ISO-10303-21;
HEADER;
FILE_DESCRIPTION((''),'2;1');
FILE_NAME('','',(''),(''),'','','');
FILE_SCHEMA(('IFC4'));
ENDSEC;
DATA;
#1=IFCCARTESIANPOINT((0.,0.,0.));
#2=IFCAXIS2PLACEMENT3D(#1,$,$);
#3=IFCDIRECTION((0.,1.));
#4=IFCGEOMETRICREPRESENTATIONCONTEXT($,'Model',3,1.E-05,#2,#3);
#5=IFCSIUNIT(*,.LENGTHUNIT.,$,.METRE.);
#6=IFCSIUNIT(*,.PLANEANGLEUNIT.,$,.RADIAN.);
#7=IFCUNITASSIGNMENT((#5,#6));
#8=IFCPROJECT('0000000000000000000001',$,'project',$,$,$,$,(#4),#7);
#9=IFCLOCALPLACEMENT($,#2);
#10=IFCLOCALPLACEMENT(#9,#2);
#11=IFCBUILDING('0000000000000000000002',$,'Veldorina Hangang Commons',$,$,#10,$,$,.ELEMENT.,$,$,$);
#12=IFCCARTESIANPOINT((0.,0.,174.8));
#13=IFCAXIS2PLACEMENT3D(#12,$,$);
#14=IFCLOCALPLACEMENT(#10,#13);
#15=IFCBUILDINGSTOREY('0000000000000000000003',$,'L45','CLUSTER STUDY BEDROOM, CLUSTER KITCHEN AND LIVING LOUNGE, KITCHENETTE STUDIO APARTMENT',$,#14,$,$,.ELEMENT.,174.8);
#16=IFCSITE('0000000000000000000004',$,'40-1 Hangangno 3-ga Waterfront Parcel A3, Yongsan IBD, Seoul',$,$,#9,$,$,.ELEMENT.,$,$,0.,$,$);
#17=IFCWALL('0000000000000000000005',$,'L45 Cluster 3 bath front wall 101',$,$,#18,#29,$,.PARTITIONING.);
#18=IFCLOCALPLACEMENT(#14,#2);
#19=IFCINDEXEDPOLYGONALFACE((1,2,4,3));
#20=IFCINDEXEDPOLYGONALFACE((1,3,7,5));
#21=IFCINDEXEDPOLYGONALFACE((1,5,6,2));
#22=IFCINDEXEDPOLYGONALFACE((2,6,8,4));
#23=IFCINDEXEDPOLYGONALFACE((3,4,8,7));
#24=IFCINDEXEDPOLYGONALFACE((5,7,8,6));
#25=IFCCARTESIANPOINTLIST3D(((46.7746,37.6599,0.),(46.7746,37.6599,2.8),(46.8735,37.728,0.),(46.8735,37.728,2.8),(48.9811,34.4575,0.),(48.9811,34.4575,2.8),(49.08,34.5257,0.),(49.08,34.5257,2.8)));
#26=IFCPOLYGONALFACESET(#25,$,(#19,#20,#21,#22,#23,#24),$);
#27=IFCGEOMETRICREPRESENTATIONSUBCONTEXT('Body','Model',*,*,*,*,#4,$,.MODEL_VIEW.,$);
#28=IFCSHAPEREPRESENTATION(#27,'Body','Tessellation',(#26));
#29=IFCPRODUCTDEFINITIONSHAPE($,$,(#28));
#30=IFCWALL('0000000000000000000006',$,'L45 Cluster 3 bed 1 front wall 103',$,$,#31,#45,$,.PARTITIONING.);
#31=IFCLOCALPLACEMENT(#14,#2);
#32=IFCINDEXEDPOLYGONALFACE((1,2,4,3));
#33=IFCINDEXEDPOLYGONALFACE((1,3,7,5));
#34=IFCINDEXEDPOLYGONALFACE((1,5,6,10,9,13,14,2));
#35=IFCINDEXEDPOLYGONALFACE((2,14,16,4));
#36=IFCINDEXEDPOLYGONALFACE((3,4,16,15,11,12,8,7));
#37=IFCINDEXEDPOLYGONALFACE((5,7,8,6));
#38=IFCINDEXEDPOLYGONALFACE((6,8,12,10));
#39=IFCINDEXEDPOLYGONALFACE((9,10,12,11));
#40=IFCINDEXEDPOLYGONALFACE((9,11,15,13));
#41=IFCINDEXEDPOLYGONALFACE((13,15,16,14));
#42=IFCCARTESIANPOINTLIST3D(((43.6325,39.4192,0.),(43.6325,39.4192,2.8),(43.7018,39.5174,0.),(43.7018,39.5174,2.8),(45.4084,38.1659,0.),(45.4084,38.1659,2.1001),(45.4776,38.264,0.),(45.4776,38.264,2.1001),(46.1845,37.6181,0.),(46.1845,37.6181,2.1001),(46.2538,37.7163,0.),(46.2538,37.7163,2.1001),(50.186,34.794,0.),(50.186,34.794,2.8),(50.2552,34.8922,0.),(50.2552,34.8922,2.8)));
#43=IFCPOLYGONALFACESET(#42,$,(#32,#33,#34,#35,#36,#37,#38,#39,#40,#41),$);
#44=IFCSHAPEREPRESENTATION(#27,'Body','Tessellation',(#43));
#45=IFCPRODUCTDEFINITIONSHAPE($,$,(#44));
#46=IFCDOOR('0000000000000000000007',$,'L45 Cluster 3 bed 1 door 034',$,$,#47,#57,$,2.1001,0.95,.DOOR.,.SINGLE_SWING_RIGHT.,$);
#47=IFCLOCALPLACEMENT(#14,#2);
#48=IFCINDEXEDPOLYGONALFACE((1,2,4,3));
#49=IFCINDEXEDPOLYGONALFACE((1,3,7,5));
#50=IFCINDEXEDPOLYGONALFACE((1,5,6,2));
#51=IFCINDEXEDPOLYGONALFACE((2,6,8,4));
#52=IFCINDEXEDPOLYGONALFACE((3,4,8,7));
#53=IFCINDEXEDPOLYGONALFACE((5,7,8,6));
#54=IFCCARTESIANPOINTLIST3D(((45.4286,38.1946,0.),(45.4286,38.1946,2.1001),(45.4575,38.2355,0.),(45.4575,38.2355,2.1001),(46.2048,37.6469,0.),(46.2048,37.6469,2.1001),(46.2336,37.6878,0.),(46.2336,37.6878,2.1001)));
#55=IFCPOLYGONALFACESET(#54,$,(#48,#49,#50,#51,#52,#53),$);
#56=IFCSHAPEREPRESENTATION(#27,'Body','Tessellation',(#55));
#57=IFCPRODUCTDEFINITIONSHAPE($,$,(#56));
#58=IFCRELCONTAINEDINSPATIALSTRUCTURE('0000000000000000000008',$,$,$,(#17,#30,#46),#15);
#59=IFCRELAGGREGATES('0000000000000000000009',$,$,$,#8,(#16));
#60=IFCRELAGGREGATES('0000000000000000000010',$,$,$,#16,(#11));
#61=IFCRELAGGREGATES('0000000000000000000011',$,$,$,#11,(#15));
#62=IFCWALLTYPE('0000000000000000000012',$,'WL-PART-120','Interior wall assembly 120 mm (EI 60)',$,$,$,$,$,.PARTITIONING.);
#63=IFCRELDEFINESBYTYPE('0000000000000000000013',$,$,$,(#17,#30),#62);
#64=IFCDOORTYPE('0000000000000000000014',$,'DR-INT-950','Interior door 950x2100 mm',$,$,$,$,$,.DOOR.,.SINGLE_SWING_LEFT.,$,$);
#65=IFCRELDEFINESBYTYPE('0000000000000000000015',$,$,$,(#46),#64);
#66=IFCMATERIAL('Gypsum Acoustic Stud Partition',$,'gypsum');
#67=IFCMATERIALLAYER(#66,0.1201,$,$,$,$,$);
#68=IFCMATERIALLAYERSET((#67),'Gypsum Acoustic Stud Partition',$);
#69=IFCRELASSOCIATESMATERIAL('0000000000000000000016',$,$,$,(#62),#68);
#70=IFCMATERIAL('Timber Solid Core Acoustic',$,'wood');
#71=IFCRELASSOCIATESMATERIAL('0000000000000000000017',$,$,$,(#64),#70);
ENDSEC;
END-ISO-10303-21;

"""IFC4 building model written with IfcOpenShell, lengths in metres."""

from ifc_helpers import new_model, si_unit, direction, frame, frame_2d, origin, place, context, subcontext, project, spatial, rectangle, extrude, material, layer, layer_set, type_object, element, fill, save


model = new_model("IFC4")

# Units and contexts
model_context = context("Model", 3, precision=1e-05, world=origin(), true_north=direction((0.0, 1.0)))
body_context = subcontext(model_context, "Body", "Model", "MODEL_VIEW")
ifc_project = project(units=[si_unit("LENGTHUNIT", "METRE"), si_unit("PLANEANGLEUNIT", "RADIAN")], contexts=[model_context])

# Site, building, storey
site_placement = place(None, origin())
site = spatial("IfcSite", under=ifc_project, at=site_placement, Name="40-1 Hangangno 3-ga Waterfront Parcel A3, Yongsan IBD, Seoul", CompositionType="ELEMENT", RefElevation=0.0)
building_placement = place(site_placement, origin())
building = spatial("IfcBuilding", under=site, at=building_placement, Name="Veldorina Hangang Commons", CompositionType="ELEMENT")
storey_placement = place(building_placement, frame((0.0, 0.0, 174.8)))
storey = spatial("IfcBuildingStorey", under=building, at=storey_placement, Name="L45", Description="CLUSTER STUDY BEDROOM, CLUSTER KITCHEN AND LIVING LOUNGE, KITCHENETTE STUDIO APARTMENT", CompositionType="ELEMENT", Elevation=174.8)

# Wall
ifc_material_1 = material(Name="Gypsum Acoustic Stud Partition", Category="gypsum")
ifc_layer_1 = layer(ifc_material_1, 0.1201)
ifc_layer_set_1 = layer_set([ifc_layer_1], Name="Gypsum Acoustic Stud Partition")
wall_type_1 = type_object("IfcWallType", Name="WL-PART-120", Description="Interior wall assembly 120 mm (EI 60)", PredefinedType="PARTITIONING", material=ifc_layer_set_1)
wall_1_placement = place(storey_placement, frame((49.0305, 34.4917, 0.0), z_axis=(0.0, 0.0, 1.0), x_axis=(-0.567384, 0.823454, 0.0)))
element("IfcWall", 1, at=wall_1_placement, inside=storey, type_object=wall_type_1, Name="L45 Cluster 3 bath front wall 101", PredefinedType="PARTITIONING", context=body_context, shape_type="SweptSolid", body=[
    extrude(rectangle(XDim=3.8889, YDim=0.1201, at=frame_2d((1.9443, 0.0))), origin(), (0.0, 0.0, 1.0), 2.8),
])

# Wall, opening, door
wall_2_placement = place(storey_placement, frame((50.2207, 34.843, 0.0), z_axis=(0.0, 0.0, 1.0), x_axis=(-0.817011, 0.576622, 0.0)))
wall_2 = element("IfcWall", 2, at=wall_2_placement, inside=storey, type_object=wall_type_1, Name="L45 Cluster 3 bed 1 front wall 103", PredefinedType="PARTITIONING", context=body_context, shape_type="SweptSolid", body=[
    extrude(rectangle(XDim=8.0212, YDim=0.1201, at=frame_2d((4.0107, 0.0))), origin(), (0.0, 0.0, 1.0), 2.8),
])
opening_1_placement = place(wall_2_placement, frame((4.8977, 0.0, 0.0)))
opening_1 = element("IfcOpeningElement", 3, at=opening_1_placement, cuts=wall_2, PredefinedType="OPENING", context=body_context, shape_type="SweptSolid", body=[
    extrude(rectangle(XDim=0.95, YDim=2.1001, at=frame_2d((0.4751, 1.05))), frame((0.0, 0.0701, 0.0), z_axis=(0.0, -1.0, 0.0), x_axis=(1.0, 0.0, 0.0)), (0.0, 0.0, 1.0), 0.1401),
])
ifc_material_2 = material(Name="Timber Solid Core Acoustic", Category="wood")
door_type = type_object("IfcDoorType", Name="DR-INT-950", Description="Interior door 950x2100 mm", OperationType="SINGLE_SWING_LEFT", PredefinedType="DOOR", material=ifc_material_2)
door_placement = place(opening_1_placement, origin())
door = element("IfcDoor", 4, at=door_placement, inside=storey, type_object=door_type, Name="L45 Cluster 3 bed 1 door 034", OperationType="SINGLE_SWING_RIGHT", OverallHeight=2.1001, OverallWidth=0.95, PredefinedType="DOOR", context=body_context, shape_type="SweptSolid", body=[
    extrude(rectangle(XDim=0.95, YDim=2.1001, at=frame_2d((0.4751, 1.05))), frame((0.0, 0.0249, 0.0), z_axis=(0.0, -1.0, 0.0), x_axis=(1.0, 0.0, 0.0)), (0.0, 0.0, 1.0), 0.05),
])
fill(opening_1, door)

save(model, "model.ifc")
